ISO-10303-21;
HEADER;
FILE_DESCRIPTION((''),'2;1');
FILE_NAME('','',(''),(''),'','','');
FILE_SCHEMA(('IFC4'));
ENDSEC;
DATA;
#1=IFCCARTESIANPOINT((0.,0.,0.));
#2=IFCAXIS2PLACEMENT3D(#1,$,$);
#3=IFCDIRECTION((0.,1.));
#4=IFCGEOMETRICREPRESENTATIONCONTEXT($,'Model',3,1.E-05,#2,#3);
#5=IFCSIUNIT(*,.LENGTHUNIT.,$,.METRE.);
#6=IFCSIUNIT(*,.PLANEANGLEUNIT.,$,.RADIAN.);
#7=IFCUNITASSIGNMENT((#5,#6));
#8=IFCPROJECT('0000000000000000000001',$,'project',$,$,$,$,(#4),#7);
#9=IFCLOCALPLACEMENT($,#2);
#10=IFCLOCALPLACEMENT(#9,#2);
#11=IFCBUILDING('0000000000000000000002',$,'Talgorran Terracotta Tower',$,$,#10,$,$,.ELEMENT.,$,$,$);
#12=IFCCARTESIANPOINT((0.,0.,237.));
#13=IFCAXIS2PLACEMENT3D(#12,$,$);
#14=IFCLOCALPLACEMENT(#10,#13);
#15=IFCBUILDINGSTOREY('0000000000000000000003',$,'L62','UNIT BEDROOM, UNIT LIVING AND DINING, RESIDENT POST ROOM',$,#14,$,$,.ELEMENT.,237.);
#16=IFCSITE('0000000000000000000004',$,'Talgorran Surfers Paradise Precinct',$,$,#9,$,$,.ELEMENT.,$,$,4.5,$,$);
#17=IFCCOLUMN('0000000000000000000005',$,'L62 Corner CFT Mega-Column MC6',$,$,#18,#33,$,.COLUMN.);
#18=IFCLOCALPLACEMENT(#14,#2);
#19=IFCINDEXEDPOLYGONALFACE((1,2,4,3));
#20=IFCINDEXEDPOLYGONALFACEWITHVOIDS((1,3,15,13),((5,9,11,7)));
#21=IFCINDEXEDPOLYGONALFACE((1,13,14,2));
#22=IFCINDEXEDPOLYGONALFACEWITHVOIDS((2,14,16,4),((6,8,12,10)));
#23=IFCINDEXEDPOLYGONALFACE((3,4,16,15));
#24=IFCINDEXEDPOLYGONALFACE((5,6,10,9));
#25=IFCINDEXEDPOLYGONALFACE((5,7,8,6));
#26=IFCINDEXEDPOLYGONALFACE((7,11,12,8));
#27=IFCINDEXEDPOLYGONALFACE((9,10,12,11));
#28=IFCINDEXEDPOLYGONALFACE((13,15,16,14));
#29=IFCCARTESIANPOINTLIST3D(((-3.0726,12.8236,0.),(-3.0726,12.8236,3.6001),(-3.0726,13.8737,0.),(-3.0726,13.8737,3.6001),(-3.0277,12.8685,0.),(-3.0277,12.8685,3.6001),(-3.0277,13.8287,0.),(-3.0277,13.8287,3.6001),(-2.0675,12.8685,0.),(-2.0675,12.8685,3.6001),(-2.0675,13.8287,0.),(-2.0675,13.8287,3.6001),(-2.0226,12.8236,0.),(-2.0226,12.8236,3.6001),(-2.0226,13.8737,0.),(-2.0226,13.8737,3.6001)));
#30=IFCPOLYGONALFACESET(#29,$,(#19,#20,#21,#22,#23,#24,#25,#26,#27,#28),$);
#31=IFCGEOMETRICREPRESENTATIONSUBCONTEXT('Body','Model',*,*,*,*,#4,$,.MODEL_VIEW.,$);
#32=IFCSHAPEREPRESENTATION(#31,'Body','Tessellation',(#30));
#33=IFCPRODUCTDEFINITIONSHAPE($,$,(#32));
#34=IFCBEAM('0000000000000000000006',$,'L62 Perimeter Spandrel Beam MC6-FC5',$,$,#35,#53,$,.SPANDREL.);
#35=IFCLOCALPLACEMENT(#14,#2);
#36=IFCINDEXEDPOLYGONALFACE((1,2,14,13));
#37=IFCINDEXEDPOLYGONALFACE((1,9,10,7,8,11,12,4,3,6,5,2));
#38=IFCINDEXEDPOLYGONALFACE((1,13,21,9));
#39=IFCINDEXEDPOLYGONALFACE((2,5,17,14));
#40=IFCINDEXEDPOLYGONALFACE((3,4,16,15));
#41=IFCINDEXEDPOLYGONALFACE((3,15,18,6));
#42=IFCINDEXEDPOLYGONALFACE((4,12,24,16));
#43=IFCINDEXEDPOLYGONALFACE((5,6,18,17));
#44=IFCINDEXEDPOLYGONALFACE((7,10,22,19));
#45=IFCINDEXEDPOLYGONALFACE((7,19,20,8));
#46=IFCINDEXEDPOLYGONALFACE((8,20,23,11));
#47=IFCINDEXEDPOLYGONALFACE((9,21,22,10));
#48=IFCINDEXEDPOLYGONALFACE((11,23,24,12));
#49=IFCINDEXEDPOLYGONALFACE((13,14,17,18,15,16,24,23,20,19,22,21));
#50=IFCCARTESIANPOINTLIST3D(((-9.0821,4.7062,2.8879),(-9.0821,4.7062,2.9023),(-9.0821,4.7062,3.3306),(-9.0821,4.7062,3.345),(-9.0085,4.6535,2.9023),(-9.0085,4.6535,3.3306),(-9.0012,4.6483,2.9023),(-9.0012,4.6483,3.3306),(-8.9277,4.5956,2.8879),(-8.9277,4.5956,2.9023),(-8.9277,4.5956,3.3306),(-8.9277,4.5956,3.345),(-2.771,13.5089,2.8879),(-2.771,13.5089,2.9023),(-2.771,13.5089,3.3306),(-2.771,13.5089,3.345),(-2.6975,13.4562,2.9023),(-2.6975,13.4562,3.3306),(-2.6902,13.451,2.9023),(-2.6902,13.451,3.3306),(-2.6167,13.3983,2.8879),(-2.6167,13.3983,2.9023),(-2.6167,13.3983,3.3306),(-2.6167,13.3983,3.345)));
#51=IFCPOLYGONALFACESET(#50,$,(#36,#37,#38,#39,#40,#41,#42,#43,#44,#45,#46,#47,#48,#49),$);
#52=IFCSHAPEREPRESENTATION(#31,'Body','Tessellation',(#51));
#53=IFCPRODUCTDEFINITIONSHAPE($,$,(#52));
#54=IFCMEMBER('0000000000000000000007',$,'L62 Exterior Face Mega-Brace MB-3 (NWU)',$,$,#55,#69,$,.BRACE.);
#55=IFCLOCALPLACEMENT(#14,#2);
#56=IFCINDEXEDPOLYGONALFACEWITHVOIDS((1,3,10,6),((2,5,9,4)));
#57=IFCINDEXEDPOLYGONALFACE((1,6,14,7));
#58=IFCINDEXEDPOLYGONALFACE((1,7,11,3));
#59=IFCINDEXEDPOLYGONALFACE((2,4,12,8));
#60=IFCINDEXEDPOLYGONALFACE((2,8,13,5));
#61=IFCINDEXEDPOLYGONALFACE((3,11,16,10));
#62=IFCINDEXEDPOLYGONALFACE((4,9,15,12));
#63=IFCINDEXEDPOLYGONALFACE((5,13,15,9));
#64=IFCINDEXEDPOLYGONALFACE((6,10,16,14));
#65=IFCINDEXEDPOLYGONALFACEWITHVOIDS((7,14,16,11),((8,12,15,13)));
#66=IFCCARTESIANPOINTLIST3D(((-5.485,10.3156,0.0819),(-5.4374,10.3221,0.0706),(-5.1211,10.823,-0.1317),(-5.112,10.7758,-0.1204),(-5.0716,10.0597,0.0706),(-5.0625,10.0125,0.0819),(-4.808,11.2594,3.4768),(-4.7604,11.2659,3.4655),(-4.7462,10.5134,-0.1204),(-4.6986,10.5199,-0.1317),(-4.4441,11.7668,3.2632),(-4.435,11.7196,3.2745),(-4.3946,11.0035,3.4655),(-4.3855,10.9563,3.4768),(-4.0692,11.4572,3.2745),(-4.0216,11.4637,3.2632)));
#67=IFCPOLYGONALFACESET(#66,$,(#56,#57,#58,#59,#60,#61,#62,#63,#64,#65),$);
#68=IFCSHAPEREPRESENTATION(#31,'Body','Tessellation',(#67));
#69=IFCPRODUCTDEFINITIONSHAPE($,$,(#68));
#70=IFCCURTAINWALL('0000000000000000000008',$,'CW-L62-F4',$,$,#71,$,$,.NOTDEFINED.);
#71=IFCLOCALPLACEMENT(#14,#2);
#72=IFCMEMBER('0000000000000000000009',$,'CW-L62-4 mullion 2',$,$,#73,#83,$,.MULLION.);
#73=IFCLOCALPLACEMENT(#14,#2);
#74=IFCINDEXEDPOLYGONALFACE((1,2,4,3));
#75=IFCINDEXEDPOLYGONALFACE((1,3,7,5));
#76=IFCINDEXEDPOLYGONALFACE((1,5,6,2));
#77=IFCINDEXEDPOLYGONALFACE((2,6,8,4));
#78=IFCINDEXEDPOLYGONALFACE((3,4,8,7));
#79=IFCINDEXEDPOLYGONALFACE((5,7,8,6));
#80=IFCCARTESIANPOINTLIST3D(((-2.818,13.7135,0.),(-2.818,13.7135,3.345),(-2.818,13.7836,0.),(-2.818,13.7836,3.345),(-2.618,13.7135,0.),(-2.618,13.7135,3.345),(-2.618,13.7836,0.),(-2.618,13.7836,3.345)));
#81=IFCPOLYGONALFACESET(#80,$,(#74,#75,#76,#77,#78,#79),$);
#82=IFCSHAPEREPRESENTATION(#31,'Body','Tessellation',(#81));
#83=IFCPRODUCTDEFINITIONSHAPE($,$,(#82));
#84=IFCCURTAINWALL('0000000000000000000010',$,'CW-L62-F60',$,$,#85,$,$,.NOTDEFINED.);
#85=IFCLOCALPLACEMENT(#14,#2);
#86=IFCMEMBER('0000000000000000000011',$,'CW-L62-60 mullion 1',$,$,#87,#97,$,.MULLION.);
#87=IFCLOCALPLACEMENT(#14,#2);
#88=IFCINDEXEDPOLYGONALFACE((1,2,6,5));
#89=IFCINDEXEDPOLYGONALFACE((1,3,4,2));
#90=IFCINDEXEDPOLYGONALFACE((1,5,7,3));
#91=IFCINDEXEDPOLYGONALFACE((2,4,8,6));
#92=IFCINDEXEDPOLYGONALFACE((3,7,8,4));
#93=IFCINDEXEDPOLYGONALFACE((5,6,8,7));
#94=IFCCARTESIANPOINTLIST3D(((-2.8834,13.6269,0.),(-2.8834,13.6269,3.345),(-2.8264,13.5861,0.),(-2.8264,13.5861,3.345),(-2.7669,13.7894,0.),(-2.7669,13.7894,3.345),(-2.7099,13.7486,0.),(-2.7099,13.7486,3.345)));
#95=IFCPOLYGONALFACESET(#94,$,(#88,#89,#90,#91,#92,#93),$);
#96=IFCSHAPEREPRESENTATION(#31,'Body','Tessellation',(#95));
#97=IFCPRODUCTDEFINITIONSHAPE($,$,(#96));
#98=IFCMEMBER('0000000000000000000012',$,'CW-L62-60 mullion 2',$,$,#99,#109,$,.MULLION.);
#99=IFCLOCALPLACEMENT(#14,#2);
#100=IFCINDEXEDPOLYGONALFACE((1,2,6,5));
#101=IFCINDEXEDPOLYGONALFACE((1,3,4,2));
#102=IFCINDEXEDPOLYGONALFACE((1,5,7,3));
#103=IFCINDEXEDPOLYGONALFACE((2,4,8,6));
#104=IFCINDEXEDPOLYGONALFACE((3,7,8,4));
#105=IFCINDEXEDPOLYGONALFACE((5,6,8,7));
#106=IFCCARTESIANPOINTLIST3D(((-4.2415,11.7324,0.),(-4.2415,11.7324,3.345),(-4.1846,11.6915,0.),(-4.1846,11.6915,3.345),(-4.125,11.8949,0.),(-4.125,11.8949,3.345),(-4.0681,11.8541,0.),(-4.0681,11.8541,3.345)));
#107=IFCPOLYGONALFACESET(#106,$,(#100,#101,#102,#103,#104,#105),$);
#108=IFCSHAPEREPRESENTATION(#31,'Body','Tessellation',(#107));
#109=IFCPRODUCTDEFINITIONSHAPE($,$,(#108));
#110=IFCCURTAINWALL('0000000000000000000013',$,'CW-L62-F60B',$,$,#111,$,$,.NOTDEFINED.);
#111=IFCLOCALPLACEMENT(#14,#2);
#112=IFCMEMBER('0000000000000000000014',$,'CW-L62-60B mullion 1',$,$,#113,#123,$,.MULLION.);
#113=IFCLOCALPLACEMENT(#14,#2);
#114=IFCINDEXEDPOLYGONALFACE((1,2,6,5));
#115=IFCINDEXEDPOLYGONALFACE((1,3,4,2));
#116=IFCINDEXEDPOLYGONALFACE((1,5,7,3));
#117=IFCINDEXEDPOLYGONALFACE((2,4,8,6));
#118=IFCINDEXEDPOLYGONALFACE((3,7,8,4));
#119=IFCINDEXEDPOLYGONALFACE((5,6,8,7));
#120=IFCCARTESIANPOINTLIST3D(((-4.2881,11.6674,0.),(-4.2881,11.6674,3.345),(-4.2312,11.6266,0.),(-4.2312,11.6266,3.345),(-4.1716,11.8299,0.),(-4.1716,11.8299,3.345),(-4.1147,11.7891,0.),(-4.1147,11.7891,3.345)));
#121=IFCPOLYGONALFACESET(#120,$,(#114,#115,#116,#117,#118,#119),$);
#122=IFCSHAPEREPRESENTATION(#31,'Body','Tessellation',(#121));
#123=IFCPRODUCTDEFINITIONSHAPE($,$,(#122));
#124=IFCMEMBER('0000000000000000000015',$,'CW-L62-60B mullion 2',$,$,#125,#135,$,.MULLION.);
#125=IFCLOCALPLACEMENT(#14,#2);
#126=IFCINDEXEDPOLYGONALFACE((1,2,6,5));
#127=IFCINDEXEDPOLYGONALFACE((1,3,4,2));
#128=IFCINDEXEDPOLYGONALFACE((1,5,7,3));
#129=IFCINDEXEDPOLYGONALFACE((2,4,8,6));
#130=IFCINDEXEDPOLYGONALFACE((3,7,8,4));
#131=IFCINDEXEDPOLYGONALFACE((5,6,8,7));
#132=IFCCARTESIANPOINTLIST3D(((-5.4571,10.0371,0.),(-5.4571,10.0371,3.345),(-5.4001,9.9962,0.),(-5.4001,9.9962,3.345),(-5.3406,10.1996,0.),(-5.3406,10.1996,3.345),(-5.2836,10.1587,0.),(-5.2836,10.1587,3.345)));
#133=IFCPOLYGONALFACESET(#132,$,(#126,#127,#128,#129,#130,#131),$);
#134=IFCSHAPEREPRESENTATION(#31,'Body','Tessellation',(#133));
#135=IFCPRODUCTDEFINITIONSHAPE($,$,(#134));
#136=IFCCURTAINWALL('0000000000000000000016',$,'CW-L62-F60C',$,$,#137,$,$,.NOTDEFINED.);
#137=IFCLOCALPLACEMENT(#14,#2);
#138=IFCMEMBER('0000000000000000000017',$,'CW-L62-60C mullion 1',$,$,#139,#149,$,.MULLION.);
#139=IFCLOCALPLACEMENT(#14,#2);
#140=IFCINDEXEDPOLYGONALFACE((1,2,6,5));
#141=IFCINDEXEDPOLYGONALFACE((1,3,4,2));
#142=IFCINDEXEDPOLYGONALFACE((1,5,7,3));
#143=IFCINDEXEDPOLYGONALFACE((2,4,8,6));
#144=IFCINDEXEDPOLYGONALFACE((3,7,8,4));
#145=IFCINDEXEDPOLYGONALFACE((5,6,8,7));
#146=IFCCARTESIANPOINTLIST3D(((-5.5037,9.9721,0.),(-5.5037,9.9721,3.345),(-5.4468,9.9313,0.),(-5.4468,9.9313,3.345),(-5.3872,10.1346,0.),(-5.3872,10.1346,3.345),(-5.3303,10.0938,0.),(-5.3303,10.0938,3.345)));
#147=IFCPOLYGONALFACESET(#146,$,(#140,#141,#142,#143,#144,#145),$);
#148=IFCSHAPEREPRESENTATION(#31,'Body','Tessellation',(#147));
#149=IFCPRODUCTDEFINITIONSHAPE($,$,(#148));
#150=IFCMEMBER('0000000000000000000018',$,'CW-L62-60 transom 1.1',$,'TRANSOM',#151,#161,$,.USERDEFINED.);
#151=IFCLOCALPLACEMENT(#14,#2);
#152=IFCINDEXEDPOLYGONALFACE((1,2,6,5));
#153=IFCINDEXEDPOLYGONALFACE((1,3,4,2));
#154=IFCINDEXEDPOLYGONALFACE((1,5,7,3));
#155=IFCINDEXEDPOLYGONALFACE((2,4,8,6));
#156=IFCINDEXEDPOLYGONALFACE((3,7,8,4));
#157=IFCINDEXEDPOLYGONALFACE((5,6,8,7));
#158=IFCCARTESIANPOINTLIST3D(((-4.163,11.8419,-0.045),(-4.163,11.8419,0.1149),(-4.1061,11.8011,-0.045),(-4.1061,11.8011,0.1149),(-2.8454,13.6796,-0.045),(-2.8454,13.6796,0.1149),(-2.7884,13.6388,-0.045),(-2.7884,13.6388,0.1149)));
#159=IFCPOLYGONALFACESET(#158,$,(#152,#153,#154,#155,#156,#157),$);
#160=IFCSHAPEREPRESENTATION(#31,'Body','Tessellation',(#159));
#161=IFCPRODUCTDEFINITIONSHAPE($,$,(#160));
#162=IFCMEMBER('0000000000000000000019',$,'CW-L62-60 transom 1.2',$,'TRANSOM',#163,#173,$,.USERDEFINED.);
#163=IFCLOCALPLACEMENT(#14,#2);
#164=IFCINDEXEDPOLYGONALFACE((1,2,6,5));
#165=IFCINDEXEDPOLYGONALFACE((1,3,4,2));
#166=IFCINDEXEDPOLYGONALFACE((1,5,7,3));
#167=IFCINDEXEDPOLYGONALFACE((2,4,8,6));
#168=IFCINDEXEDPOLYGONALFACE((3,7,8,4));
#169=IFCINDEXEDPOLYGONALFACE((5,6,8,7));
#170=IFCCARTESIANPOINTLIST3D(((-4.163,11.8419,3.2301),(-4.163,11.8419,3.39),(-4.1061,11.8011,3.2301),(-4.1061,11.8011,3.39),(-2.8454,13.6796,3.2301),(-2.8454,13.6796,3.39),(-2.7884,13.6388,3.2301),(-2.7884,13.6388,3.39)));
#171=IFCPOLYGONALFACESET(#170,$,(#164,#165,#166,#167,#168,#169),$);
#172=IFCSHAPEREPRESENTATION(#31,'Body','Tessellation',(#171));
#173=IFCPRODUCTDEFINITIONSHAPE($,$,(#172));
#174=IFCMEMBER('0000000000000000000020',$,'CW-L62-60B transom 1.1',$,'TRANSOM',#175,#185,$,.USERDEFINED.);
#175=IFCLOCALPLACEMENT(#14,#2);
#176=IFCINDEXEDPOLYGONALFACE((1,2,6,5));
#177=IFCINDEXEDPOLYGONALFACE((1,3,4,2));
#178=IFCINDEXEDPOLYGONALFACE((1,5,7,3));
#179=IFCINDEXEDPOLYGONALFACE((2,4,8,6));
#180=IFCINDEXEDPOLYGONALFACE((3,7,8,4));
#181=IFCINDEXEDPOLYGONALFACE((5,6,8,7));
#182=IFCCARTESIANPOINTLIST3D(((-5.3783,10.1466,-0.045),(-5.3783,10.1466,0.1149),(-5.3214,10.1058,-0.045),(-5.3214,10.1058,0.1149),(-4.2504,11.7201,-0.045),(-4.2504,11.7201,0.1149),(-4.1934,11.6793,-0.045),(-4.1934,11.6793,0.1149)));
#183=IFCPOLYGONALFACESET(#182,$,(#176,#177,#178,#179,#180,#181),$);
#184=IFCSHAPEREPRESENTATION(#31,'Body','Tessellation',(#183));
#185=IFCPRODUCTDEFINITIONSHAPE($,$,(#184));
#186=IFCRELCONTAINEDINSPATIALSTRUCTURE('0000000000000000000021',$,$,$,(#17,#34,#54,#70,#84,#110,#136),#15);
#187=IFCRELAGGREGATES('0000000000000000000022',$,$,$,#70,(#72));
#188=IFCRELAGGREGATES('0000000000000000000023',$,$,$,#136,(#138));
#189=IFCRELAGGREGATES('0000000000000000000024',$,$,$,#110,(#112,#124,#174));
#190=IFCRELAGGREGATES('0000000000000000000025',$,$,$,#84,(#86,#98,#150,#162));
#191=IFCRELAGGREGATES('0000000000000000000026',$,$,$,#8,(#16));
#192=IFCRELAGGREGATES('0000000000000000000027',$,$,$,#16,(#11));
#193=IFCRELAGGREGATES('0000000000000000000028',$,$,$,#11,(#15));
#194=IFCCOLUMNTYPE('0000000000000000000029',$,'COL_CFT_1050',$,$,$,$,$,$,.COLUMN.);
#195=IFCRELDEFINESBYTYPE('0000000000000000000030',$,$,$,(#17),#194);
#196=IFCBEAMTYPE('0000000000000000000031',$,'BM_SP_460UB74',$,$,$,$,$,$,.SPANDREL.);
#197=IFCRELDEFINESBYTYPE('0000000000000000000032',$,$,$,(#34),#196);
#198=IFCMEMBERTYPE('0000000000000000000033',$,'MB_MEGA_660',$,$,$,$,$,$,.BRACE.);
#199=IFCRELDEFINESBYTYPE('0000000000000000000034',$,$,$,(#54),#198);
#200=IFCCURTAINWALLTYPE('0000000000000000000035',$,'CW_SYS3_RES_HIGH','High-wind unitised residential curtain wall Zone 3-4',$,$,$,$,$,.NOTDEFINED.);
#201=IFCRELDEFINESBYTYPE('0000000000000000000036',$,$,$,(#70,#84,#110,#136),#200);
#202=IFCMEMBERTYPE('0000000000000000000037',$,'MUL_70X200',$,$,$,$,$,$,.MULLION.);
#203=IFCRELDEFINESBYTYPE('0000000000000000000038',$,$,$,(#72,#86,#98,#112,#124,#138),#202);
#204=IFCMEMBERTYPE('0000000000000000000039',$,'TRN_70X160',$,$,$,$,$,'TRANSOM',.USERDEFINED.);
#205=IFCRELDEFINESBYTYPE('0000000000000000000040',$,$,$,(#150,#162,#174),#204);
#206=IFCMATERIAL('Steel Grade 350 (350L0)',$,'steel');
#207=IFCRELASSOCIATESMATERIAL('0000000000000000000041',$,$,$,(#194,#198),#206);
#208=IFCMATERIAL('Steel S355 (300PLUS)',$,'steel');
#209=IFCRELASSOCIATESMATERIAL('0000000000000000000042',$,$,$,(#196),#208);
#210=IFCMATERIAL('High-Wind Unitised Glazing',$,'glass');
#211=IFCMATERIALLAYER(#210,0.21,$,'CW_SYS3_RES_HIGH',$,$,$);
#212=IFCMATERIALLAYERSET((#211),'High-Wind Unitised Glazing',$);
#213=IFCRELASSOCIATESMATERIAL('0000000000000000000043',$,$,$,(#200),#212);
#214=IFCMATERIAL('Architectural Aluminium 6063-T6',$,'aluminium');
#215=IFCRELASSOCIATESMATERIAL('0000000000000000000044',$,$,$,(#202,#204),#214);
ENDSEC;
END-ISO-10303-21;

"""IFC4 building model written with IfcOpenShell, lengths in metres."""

from ifc_helpers import new_model, si_unit, direction, frame, origin, origin_2d, place, context, subcontext, project, spatial, rectangle, hollow_rectangle, i_section, extrude, material, layer, layer_set, material_profile, profile_set, type_object, element, aggregate, save


model = new_model("IFC4")

# Units and contexts
model_context = context("Model", 3, precision=1e-05, world=origin(), true_north=direction((0.0, 1.0)))
body_context = subcontext(model_context, "Body", "Model", "MODEL_VIEW")
ifc_project = project(units=[si_unit("LENGTHUNIT", "METRE"), si_unit("PLANEANGLEUNIT", "RADIAN")], contexts=[model_context])

# Site, building, storey
site_placement = place(None, origin())
site = spatial("IfcSite", under=ifc_project, at=site_placement, Name="Talgorran Surfers Paradise Precinct", CompositionType="ELEMENT", RefElevation=4.5)
building_placement = place(site_placement, origin())
building = spatial("IfcBuilding", under=site, at=building_placement, Name="Talgorran Terracotta Tower", CompositionType="ELEMENT")
storey_placement = place(building_placement, frame((0.0, 0.0, 237.0)))
storey = spatial("IfcBuildingStorey", under=building, at=storey_placement, Name="L62", Description="UNIT BEDROOM, UNIT LIVING AND DINING, RESIDENT POST ROOM", CompositionType="ELEMENT", Elevation=237.0)

# Column
ifc_material_1 = material(Name="Steel Grade 350 (350L0)", Category="steel")
ifc_material_profile_1 = material_profile(ifc_material_1, hollow_rectangle(XDim=1.05, YDim=1.05, WallThickness=0.0449, at=origin_2d()), Name="CFT1050X1050X45")
ifc_profile_set_1 = profile_set([ifc_material_profile_1], Name="Steel Grade 350 (350L0)")
column_type = type_object("IfcColumnType", Name="COL_CFT_1050", PredefinedType="COLUMN", material=ifc_profile_set_1)
column_placement = place(storey_placement, frame((-2.5476, 13.3486, 0.0), z_axis=(0.0, 0.0, 1.0), x_axis=(1.0, 0.0, 0.0)))
element("IfcColumn", 1, at=column_placement, inside=storey, type_object=column_type, Name="L62 Corner CFT Mega-Column MC6", PredefinedType="COLUMN", context=body_context, shape_type="SweptSolid", body=[
    extrude(hollow_rectangle(XDim=1.05, YDim=1.05, WallThickness=0.0449, at=origin_2d()), origin(), (0.0, 0.0, 1.0), 3.6001),
])

# Beam
ifc_material_2 = material(Name="Steel S355 (300PLUS)", Category="steel")
ifc_material_profile_2 = material_profile(ifc_material_2, i_section(OverallWidth=0.1899, OverallDepth=0.457, WebThickness=0.009, FlangeThickness=0.0144, at=origin_2d()), Name="460UB74.6")
ifc_profile_set_2 = profile_set([ifc_material_profile_2], Name="Steel S355 (300PLUS)")
beam_type = type_object("IfcBeamType", Name="BM_SP_460UB74", PredefinedType="SPANDREL", material=ifc_profile_set_2)
beam_placement = place(storey_placement, frame((-2.6938, 13.4536, 3.1165), z_axis=(-0.582666, -0.812712, 0.0), x_axis=(0.812712, -0.582666, 0.0)))
element("IfcBeam", 2, at=beam_placement, inside=storey, type_object=beam_type, Name="L62 Perimeter Spandrel Beam MC6-FC5", PredefinedType="SPANDREL", context=body_context, shape_type="SweptSolid", body=[
    extrude(i_section(OverallWidth=0.1899, OverallDepth=0.457, WebThickness=0.009, FlangeThickness=0.0144, at=origin_2d()), origin(), (0.0, 0.0, 1.0), 10.8313),
])

# Member
ifc_material_profile_3 = material_profile(ifc_material_1, hollow_rectangle(XDim=0.52, YDim=0.6599, WallThickness=0.0349, at=origin_2d()), Name="WBOX660X520X35")
ifc_profile_set_3 = profile_set([ifc_material_profile_3], Name="Steel Grade 350 (350L0)")
member_type_1 = type_object("IfcMemberType", Name="MB_MEGA_660", PredefinedType="BRACE", material=ifc_profile_set_3)
member_1_placement = place(storey_placement, frame((-5.0918, 10.4177, -0.0249), z_axis=(0.188673, 0.26304, 0.946156), x_axis=(-0.812582, 0.582848, 0.0)))
element("IfcMember", 3, at=member_1_placement, inside=storey, type_object=member_type_1, Name="L62 Exterior Face Mega-Brace MB-3 (NWU)", PredefinedType="BRACE", context=body_context, shape_type="SweptSolid", body=[
    extrude(hollow_rectangle(XDim=0.52, YDim=0.6599, WallThickness=0.0349, at=origin_2d()), origin(), (0.0, 0.0, 1.0), 3.5881),
])

# Curtain wall, member
ifc_material_3 = material(Name="High-Wind Unitised Glazing", Category="glass")
ifc_layer_1 = layer(ifc_material_3, 0.21, Name="CW_SYS3_RES_HIGH")
ifc_layer_set_1 = layer_set([ifc_layer_1], Name="High-Wind Unitised Glazing")
curtain_wall_type = type_object("IfcCurtainWallType", Name="CW_SYS3_RES_HIGH", Description="High-wind unitised residential curtain wall Zone 3-4", PredefinedType="NOTDEFINED", material=ifc_layer_set_1)
curtain_wall_1_placement = place(storey_placement, origin())
curtain_wall_1 = element("IfcCurtainWall", 4, at=curtain_wall_1_placement, inside=storey, type_object=curtain_wall_type, Name="CW-L62-F4", PredefinedType="NOTDEFINED")
ifc_material_4 = material(Name="Architectural Aluminium 6063-T6", Category="aluminium")
ifc_material_profile_4 = material_profile(ifc_material_4, rectangle(XDim=0.0701, YDim=0.2, at=origin_2d()), Name="CWM70X200")
ifc_profile_set_4 = profile_set([ifc_material_profile_4], Name="Architectural Aluminium 6063-T6")
member_type_2 = type_object("IfcMemberType", Name="MUL_70X200", PredefinedType="MULLION", material=ifc_profile_set_4)
member_2_placement = place(storey_placement, frame((-2.718, 13.7485, 0.0), z_axis=(0.0, 0.0, 1.0), x_axis=(0.0, -1.0, 0.0)))
member_2 = element("IfcMember", 5, at=member_2_placement, type_object=member_type_2, Name="CW-L62-4 mullion 2", PredefinedType="MULLION", context=body_context, shape_type="SweptSolid", body=[
    extrude(rectangle(XDim=0.0701, YDim=0.2, at=origin_2d()), origin(), (0.0, 0.0, 1.0), 3.345),
])
aggregate(curtain_wall_1, [member_2])

# Curtain walls, members
curtain_wall_2_placement = place(storey_placement, origin())
curtain_wall_2 = element("IfcCurtainWall", 6, at=curtain_wall_2_placement, inside=storey, type_object=curtain_wall_type, Name="CW-L62-F60", PredefinedType="NOTDEFINED")
member_3_placement = place(storey_placement, frame((-2.7966, 13.6877, 0.0), z_axis=(0.0, 0.0, 1.0), x_axis=(0.812719, -0.582656, 0.0)))
member_3 = element("IfcMember", 7, at=member_3_placement, type_object=member_type_2, Name="CW-L62-60 mullion 1", PredefinedType="MULLION", context=body_context, shape_type="SweptSolid", body=[
    extrude(rectangle(XDim=0.0701, YDim=0.2, at=origin_2d()), origin(), (0.0, 0.0, 1.0), 3.345),
])
member_4_placement = place(storey_placement, frame((-4.1548, 11.7932, 0.0), z_axis=(0.0, 0.0, 1.0), x_axis=(0.812719, -0.582656, 0.0)))
member_4 = element("IfcMember", 8, at=member_4_placement, type_object=member_type_2, Name="CW-L62-60 mullion 2", PredefinedType="MULLION", context=body_context, shape_type="SweptSolid", body=[
    extrude(rectangle(XDim=0.0701, YDim=0.2, at=origin_2d()), origin(), (0.0, 0.0, 1.0), 3.345),
])
curtain_wall_3_placement = place(storey_placement, origin())
curtain_wall_3 = element("IfcCurtainWall", 9, at=curtain_wall_3_placement, inside=storey, type_object=curtain_wall_type, Name="CW-L62-F60B", PredefinedType="NOTDEFINED")
member_5_placement = place(storey_placement, frame((-4.2014, 11.7283, 0.0), z_axis=(0.0, 0.0, 1.0), x_axis=(0.812717, -0.582659, 0.0)))
member_5 = element("IfcMember", 10, at=member_5_placement, type_object=member_type_2, Name="CW-L62-60B mullion 1", PredefinedType="MULLION", context=body_context, shape_type="SweptSolid", body=[
    extrude(rectangle(XDim=0.0701, YDim=0.2, at=origin_2d()), origin(), (0.0, 0.0, 1.0), 3.345),
])
member_6_placement = place(storey_placement, frame((-5.3704, 10.0979, 0.0), z_axis=(0.0, 0.0, 1.0), x_axis=(0.812717, -0.582659, 0.0)))
member_6 = element("IfcMember", 11, at=member_6_placement, type_object=member_type_2, Name="CW-L62-60B mullion 2", PredefinedType="MULLION", context=body_context, shape_type="SweptSolid", body=[
    extrude(rectangle(XDim=0.0701, YDim=0.2, at=origin_2d()), origin(), (0.0, 0.0, 1.0), 3.345),
])

# Curtain wall, member
curtain_wall_4_placement = place(storey_placement, origin())
curtain_wall_4 = element("IfcCurtainWall", 12, at=curtain_wall_4_placement, inside=storey, type_object=curtain_wall_type, Name="CW-L62-F60C", PredefinedType="NOTDEFINED")
member_7_placement = place(storey_placement, frame((-5.417, 10.033, 0.0), z_axis=(0.0, 0.0, 1.0), x_axis=(0.812713, -0.582664, 0.0)))
member_7 = element("IfcMember", 13, at=member_7_placement, type_object=member_type_2, Name="CW-L62-60C mullion 1", PredefinedType="MULLION", context=body_context, shape_type="SweptSolid", body=[
    extrude(rectangle(XDim=0.0701, YDim=0.2, at=origin_2d()), origin(), (0.0, 0.0, 1.0), 3.345),
])

# Members
ifc_material_profile_5 = material_profile(ifc_material_4, rectangle(XDim=0.0701, YDim=0.1599, at=origin_2d()), Name="CWT70X160")
ifc_profile_set_5 = profile_set([ifc_material_profile_5], Name="Architectural Aluminium 6063-T6")
member_type_3 = type_object("IfcMemberType", Name="TRN_70X160", ElementType="TRANSOM", PredefinedType="USERDEFINED", material=ifc_profile_set_5)
member_8_placement = place(storey_placement, frame((-2.8169, 13.6592, 0.0349), z_axis=(-0.582708, -0.812682, 0.0), x_axis=(0.812682, -0.582708, 0.0)))
member_8 = element("IfcMember", 14, at=member_8_placement, type_object=member_type_3, Name="CW-L62-60 transom 1.1", ObjectType="TRANSOM", PredefinedType="USERDEFINED", context=body_context, shape_type="SweptSolid", body=[
    extrude(rectangle(XDim=0.0701, YDim=0.1599, at=origin_2d()), origin(), (0.0, 0.0, 1.0), 2.2612),
])
member_9_placement = place(storey_placement, frame((-2.8169, 13.6592, 3.3101), z_axis=(-0.582708, -0.812682, 0.0), x_axis=(0.812682, -0.582708, 0.0)))
member_9 = element("IfcMember", 15, at=member_9_placement, type_object=member_type_3, Name="CW-L62-60 transom 1.2", ObjectType="TRANSOM", PredefinedType="USERDEFINED", context=body_context, shape_type="SweptSolid", body=[
    extrude(rectangle(XDim=0.0701, YDim=0.1599, at=origin_2d()), origin(), (0.0, 0.0, 1.0), 2.2612),
])
member_10_placement = place(storey_placement, frame((-4.2219, 11.6997, 0.0349), z_axis=(-0.582609, -0.812752, 0.0), x_axis=(0.812752, -0.582609, 0.0)))
member_10 = element("IfcMember", 16, at=member_10_placement, type_object=member_type_3, Name="CW-L62-60B transom 1.1", ObjectType="TRANSOM", PredefinedType="USERDEFINED", context=body_context, shape_type="SweptSolid", body=[
    extrude(rectangle(XDim=0.0701, YDim=0.1599, at=origin_2d()), origin(), (0.0, 0.0, 1.0), 1.936),
])
aggregate(curtain_wall_4, [member_7])

aggregate(curtain_wall_3, [member_5, member_6, member_10])
aggregate(curtain_wall_2, [member_3, member_4, member_8, member_9])

save(model, "model.ifc")
